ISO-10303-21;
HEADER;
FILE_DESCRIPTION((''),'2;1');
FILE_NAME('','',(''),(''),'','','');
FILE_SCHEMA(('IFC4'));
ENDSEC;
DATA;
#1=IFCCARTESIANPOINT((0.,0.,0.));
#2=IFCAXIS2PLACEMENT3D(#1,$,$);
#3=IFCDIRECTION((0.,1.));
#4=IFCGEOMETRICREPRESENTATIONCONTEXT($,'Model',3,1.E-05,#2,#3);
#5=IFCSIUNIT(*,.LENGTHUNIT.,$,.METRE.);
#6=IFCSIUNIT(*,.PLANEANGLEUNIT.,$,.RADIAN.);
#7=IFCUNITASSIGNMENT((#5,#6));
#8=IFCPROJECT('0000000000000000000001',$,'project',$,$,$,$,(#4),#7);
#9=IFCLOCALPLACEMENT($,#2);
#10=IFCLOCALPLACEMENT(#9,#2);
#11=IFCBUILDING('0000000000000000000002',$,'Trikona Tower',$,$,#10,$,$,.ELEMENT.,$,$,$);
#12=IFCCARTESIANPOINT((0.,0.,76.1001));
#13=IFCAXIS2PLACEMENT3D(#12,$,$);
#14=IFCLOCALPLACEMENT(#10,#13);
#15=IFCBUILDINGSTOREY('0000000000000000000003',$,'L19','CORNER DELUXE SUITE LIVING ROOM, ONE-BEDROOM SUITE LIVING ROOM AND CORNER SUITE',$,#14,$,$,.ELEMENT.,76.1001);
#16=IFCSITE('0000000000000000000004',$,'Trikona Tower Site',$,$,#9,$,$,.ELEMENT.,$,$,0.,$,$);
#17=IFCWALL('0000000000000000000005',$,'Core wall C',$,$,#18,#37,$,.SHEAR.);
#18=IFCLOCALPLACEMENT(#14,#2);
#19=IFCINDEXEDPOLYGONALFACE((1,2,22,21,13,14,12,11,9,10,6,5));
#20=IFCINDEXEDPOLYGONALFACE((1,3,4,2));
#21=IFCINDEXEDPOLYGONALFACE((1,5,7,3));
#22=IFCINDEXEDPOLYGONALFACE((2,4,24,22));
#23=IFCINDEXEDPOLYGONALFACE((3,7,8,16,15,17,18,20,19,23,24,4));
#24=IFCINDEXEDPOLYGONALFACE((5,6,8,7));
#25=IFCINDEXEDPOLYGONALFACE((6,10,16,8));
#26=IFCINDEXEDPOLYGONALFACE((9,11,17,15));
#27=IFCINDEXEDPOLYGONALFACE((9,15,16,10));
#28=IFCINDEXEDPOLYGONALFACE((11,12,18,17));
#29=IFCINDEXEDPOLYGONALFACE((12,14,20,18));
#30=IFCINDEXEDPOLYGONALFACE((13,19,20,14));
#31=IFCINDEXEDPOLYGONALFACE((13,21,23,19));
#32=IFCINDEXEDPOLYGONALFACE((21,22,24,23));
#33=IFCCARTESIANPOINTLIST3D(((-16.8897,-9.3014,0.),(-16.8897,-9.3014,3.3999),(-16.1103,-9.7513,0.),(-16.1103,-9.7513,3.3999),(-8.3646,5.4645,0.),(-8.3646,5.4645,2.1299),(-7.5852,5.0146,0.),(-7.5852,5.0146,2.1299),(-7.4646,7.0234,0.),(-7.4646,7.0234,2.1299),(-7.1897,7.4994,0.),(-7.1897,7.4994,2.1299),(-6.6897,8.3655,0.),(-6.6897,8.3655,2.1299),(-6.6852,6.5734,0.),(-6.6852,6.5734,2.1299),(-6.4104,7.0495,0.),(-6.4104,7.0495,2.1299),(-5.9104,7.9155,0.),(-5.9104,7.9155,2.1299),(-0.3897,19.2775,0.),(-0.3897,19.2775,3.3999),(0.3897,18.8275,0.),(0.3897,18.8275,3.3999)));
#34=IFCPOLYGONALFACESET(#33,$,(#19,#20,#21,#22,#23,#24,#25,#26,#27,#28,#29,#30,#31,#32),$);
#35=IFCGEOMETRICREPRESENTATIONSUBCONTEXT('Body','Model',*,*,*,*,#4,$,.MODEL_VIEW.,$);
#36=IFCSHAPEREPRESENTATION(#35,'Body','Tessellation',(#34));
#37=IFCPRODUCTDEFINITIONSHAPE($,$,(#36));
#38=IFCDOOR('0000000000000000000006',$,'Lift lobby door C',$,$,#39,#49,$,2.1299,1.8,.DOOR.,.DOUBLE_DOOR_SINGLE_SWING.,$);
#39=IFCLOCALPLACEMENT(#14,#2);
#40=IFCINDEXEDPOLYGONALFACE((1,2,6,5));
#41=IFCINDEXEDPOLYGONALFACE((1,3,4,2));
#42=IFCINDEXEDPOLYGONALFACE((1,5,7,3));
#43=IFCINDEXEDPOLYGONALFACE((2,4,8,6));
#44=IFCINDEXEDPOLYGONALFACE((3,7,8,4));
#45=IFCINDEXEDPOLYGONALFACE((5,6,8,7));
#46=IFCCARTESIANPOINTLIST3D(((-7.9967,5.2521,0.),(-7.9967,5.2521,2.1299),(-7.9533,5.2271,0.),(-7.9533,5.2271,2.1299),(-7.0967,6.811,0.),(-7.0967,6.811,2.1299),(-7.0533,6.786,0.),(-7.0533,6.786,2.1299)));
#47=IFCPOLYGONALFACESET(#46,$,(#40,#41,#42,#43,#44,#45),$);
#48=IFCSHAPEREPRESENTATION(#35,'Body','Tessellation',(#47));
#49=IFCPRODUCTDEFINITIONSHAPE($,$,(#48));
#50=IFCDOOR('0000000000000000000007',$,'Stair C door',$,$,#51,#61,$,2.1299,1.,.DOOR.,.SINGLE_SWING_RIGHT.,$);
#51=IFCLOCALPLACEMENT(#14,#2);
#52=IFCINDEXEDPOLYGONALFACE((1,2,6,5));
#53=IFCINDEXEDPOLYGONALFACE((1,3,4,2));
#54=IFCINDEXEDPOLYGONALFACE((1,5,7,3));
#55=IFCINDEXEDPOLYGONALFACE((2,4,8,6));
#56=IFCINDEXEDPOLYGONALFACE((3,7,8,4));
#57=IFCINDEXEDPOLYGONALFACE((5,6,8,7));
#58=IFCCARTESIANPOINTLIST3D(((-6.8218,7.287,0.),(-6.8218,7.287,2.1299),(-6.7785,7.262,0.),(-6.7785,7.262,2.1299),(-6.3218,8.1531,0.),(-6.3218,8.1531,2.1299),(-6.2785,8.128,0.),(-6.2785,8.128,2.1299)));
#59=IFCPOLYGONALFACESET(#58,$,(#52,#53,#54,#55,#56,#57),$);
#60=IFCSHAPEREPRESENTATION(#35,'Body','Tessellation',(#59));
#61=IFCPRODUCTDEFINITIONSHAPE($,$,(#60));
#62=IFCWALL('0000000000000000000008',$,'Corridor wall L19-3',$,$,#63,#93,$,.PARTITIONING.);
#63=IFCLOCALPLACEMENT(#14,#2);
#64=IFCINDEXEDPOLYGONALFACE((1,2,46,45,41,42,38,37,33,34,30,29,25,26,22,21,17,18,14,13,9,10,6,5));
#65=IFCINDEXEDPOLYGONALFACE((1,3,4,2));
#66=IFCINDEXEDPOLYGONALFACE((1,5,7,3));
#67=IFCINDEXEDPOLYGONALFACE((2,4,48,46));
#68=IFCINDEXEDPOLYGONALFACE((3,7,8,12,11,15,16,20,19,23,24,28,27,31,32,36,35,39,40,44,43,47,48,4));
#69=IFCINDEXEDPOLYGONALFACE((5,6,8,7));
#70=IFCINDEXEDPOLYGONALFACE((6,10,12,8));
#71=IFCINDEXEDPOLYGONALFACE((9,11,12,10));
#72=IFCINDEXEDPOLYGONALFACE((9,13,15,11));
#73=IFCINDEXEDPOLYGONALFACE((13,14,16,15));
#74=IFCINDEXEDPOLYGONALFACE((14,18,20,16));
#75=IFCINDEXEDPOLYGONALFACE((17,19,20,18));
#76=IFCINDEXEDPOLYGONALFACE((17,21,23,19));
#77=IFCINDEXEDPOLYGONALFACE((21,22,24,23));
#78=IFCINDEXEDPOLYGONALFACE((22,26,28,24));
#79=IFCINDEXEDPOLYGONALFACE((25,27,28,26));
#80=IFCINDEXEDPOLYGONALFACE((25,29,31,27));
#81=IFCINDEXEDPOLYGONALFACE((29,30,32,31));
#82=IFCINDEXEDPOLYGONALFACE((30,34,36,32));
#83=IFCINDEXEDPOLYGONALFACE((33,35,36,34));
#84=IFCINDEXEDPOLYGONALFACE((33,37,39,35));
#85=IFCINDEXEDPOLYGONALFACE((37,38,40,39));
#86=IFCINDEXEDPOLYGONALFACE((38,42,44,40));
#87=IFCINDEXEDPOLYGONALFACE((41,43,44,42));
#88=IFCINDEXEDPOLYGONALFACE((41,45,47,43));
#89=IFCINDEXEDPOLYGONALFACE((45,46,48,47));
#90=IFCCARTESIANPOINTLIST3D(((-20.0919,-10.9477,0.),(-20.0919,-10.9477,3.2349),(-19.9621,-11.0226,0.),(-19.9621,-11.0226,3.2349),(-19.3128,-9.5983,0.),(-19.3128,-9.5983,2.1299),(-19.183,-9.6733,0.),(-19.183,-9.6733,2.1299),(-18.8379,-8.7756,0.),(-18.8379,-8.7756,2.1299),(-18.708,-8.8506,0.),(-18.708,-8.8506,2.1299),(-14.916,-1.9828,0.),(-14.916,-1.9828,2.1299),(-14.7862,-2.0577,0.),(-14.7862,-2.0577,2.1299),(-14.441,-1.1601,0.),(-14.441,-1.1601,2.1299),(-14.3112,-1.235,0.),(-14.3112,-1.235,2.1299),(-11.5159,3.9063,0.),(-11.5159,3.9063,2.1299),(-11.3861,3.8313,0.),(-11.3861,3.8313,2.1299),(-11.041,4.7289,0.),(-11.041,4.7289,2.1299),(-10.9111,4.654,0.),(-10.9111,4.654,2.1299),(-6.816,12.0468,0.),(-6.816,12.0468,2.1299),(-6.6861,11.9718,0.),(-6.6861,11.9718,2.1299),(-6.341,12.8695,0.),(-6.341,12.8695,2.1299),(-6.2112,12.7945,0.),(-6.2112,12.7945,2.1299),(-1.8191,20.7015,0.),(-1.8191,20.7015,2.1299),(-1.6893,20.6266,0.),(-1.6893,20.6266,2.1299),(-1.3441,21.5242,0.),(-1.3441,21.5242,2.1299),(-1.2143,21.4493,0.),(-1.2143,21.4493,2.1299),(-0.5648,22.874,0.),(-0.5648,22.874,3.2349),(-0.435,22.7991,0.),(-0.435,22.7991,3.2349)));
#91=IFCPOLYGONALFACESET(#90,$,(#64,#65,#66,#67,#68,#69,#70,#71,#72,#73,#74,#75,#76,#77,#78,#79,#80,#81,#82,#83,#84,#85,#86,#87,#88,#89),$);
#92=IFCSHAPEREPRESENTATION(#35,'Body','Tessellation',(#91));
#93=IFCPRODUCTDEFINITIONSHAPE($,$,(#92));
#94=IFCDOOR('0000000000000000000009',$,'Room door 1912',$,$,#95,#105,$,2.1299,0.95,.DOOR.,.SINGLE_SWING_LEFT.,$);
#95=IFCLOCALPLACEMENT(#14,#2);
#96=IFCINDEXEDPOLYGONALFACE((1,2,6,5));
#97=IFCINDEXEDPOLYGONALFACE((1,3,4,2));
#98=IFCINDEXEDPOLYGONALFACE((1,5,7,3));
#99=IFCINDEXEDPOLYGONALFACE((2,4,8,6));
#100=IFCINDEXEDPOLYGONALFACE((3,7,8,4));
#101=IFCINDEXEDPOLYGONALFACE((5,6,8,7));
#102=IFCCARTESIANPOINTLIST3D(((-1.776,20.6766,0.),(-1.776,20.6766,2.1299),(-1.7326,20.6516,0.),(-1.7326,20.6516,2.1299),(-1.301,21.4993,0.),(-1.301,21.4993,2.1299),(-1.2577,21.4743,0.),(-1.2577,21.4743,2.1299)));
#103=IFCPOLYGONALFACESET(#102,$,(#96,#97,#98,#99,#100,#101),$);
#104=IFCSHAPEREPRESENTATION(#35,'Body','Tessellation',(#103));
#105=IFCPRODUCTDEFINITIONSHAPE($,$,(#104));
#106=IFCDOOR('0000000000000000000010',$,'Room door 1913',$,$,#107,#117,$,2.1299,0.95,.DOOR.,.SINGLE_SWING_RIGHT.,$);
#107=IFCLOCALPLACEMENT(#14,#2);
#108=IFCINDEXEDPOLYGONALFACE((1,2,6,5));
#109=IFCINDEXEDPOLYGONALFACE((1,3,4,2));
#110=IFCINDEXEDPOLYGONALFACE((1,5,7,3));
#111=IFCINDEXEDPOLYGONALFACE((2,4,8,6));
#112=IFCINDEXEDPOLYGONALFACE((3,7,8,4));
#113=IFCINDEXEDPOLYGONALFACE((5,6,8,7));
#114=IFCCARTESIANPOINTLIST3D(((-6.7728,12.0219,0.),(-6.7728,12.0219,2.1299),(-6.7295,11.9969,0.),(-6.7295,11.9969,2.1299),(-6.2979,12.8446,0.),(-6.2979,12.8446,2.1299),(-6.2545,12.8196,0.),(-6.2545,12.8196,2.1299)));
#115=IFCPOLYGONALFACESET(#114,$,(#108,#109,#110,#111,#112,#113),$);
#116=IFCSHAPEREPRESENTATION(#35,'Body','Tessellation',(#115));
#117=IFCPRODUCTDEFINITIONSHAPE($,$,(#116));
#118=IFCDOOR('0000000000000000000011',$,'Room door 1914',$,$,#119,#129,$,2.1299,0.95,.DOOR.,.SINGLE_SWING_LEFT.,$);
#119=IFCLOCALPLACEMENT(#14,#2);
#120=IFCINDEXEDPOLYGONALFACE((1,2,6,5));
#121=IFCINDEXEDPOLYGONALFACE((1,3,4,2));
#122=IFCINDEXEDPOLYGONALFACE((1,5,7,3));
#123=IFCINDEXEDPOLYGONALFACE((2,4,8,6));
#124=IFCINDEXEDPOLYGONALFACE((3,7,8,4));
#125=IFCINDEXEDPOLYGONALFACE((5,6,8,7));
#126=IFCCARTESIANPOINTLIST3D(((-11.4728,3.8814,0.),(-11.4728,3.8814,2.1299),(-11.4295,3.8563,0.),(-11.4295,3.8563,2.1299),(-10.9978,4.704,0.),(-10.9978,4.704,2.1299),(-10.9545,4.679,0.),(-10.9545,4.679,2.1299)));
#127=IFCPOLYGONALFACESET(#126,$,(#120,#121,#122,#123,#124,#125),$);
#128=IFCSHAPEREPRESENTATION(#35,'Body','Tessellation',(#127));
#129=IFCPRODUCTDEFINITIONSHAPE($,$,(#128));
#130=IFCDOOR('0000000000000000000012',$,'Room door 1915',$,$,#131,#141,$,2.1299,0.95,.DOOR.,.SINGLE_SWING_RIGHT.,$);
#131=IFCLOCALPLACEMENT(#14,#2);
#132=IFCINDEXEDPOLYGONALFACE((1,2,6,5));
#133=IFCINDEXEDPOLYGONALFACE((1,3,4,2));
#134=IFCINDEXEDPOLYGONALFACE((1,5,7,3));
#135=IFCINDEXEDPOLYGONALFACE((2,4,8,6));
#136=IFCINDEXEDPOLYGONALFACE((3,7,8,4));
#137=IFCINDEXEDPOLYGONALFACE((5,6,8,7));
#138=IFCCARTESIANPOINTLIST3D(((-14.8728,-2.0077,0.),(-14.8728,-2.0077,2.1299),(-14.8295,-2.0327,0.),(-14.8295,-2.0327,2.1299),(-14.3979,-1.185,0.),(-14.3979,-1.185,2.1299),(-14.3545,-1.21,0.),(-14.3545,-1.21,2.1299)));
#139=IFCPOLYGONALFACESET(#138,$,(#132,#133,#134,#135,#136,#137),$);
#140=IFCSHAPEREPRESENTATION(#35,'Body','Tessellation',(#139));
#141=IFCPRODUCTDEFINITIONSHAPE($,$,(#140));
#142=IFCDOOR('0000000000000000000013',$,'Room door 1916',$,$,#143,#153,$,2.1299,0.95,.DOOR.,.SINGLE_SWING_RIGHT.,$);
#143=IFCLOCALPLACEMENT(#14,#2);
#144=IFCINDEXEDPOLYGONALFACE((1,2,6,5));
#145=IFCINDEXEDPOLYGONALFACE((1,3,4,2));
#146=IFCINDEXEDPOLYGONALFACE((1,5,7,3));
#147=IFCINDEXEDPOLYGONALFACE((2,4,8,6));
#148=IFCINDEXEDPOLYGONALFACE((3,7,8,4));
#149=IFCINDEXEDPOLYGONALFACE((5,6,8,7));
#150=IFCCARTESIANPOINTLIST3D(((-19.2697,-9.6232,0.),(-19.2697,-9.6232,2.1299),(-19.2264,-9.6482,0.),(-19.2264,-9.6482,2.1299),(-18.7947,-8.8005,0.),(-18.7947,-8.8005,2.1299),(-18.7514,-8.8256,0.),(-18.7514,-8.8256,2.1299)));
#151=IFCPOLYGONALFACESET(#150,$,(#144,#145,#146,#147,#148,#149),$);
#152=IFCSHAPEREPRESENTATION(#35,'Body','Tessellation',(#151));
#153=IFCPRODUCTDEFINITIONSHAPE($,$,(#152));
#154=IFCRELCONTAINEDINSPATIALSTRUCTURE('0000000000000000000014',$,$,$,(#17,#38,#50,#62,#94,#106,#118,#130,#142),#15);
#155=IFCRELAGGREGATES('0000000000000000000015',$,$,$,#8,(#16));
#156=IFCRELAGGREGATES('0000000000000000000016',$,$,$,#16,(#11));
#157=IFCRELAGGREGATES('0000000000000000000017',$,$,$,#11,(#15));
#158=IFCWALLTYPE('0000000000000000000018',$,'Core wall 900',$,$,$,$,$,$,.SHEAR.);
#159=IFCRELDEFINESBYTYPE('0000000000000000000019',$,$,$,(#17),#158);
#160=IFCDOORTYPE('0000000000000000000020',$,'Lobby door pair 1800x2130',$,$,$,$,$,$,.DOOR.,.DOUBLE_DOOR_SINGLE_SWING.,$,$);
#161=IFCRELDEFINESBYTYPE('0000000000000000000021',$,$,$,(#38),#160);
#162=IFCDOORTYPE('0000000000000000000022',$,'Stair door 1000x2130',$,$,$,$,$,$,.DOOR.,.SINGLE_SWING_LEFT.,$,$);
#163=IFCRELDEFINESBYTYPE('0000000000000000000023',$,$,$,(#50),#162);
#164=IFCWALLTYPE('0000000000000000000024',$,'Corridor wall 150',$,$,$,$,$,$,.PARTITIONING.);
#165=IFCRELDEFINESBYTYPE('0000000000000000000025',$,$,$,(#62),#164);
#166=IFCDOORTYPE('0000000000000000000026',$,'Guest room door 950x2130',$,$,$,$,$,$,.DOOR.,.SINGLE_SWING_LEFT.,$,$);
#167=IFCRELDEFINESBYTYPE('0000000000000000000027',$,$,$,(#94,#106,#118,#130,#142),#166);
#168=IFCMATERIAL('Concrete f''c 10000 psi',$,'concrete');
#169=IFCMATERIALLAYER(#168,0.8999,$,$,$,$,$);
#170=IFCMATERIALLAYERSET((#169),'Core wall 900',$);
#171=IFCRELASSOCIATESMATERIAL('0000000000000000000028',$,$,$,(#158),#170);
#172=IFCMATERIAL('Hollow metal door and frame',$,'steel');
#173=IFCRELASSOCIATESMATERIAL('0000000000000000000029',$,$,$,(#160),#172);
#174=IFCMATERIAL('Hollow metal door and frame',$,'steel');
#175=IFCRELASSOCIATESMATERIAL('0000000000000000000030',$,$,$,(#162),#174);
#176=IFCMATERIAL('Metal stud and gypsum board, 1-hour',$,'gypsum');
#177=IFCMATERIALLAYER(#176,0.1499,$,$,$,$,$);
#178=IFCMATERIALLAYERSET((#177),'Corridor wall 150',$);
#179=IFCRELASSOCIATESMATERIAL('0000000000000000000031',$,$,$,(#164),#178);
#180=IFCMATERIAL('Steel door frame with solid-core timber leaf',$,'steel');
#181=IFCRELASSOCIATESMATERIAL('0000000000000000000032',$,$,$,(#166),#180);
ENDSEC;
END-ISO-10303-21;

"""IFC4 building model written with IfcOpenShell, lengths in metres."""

from ifc_helpers import new_model, si_unit, direction, frame, frame_2d, origin, place, context, subcontext, project, spatial, rectangle, extrude, material, layer, layer_set, type_object, element, fill, save


model = new_model("IFC4")

# Units and contexts
model_context = context("Model", 3, precision=1e-05, world=origin(), true_north=direction((0.0, 1.0)))
body_context = subcontext(model_context, "Body", "Model", "MODEL_VIEW")
ifc_project = project(units=[si_unit("LENGTHUNIT", "METRE"), si_unit("PLANEANGLEUNIT", "RADIAN")], contexts=[model_context])

# Site, building, storey
site_placement = place(None, origin())
site = spatial("IfcSite", under=ifc_project, at=site_placement, Name="Trikona Tower Site", CompositionType="ELEMENT", RefElevation=0.0)
building_placement = place(site_placement, origin())
building = spatial("IfcBuilding", under=site, at=building_placement, Name="Trikona Tower", CompositionType="ELEMENT")
storey_placement = place(building_placement, frame((0.0, 0.0, 76.1001)))
storey = spatial("IfcBuildingStorey", under=building, at=storey_placement, Name="L19", Description="CORNER DELUXE SUITE LIVING ROOM, ONE-BEDROOM SUITE LIVING ROOM AND CORNER SUITE", CompositionType="ELEMENT", Elevation=76.1001)

# Walls, openings, doors
ifc_material_1 = material(Name="Concrete f'c 10000 psi", Category="concrete")
ifc_layer_1 = layer(ifc_material_1, 0.8999)
ifc_layer_set_1 = layer_set([ifc_layer_1], Name="Core wall 900")
wall_type_1 = type_object("IfcWallType", Name="Core wall 900", PredefinedType="SHEAR", material=ifc_layer_set_1)
wall_1_placement = place(storey_placement, frame((0.0, 19.0525, 0.0), z_axis=(0.0, 0.0, 1.0), x_axis=(-0.5, -0.866026, 0.0)))
wall_1 = element("IfcWall", 1, at=wall_1_placement, inside=storey, type_object=wall_type_1, Name="Core wall C", PredefinedType="SHEAR", context=body_context, shape_type="SweptSolid", body=[
    extrude(rectangle(XDim=33.0, YDim=0.8999, at=frame_2d((16.5, 0.0))), origin(), (0.0, 0.0, 1.0), 3.3999),
])
opening_1_placement = place(wall_1_placement, frame((14.1499, 0.0, 0.0)))
opening_1 = element("IfcOpeningElement", 2, at=opening_1_placement, cuts=wall_1, PredefinedType="OPENING", context=body_context, shape_type="SweptSolid", body=[
    extrude(rectangle(XDim=1.8, YDim=2.1299, at=frame_2d((0.8999, 1.0649))), frame((0.0, 0.46, 0.0), z_axis=(0.0, -1.0, 0.0), x_axis=(1.0, 0.0, 0.0)), (0.0, 0.0, 1.0), 0.9199),
])
opening_2_placement = place(wall_1_placement, frame((12.6001, 0.0, 0.0)))
opening_2 = element("IfcOpeningElement", 3, at=opening_2_placement, cuts=wall_1, PredefinedType="OPENING", context=body_context, shape_type="SweptSolid", body=[
    extrude(rectangle(XDim=1.0, YDim=2.1299, at=frame_2d((0.5, 1.0649))), frame((0.0, 0.46, 0.0), z_axis=(0.0, -1.0, 0.0), x_axis=(1.0, 0.0, 0.0)), (0.0, 0.0, 1.0), 0.9199),
])
ifc_material_2 = material(Name="Hollow metal door and frame", Category="steel")
door_type_1 = type_object("IfcDoorType", Name="Lobby door pair 1800x2130", OperationType="DOUBLE_DOOR_SINGLE_SWING", PredefinedType="DOOR", material=ifc_material_2)
door_1_placement = place(opening_1_placement, origin())
door_1 = element("IfcDoor", 4, at=door_1_placement, inside=storey, type_object=door_type_1, Name="Lift lobby door C", OperationType="DOUBLE_DOOR_SINGLE_SWING", OverallHeight=2.1299, OverallWidth=1.8, PredefinedType="DOOR", context=body_context, shape_type="SweptSolid", body=[
    extrude(rectangle(XDim=1.8, YDim=2.1299, at=frame_2d((0.8999, 1.0649))), frame((0.0, 0.0249, 0.0), z_axis=(0.0, -1.0, 0.0), x_axis=(1.0, 0.0, 0.0)), (0.0, 0.0, 1.0), 0.05),
])
fill(opening_1, door_1)
ifc_material_3 = material(Name="Hollow metal door and frame", Category="steel")
door_type_2 = type_object("IfcDoorType", Name="Stair door 1000x2130", OperationType="SINGLE_SWING_LEFT", PredefinedType="DOOR", material=ifc_material_3)
door_2_placement = place(opening_2_placement, origin())
door_2 = element("IfcDoor", 5, at=door_2_placement, inside=storey, type_object=door_type_2, Name="Stair C door", OperationType="SINGLE_SWING_RIGHT", OverallHeight=2.1299, OverallWidth=1.0, PredefinedType="DOOR", context=body_context, shape_type="SweptSolid", body=[
    extrude(rectangle(XDim=1.0, YDim=2.1299, at=frame_2d((0.5, 1.0649))), frame((0.0, 0.0249, 0.0), z_axis=(0.0, -1.0, 0.0), x_axis=(1.0, 0.0, 0.0)), (0.0, 0.0, 1.0), 0.05),
])
fill(opening_2, door_2)
ifc_material_4 = material(Name="Metal stud and gypsum board, 1-hour", Category="gypsum")
ifc_layer_2 = layer(ifc_material_4, 0.1499)
ifc_layer_set_2 = layer_set([ifc_layer_2], Name="Corridor wall 150")
wall_type_2 = type_object("IfcWallType", Name="Corridor wall 150", PredefinedType="PARTITIONING", material=ifc_layer_set_2)
wall_2_placement = place(storey_placement, frame((-0.5, 22.8364, 0.0), z_axis=(0.0, 0.0, 1.0), x_axis=(-0.500002, -0.866024, 0.0)))
wall_2 = element("IfcWall", 6, at=wall_2_placement, inside=storey, type_object=wall_type_2, Name="Corridor wall L19-3", PredefinedType="PARTITIONING", context=body_context, shape_type="SweptSolid", body=[
    extrude(rectangle(XDim=39.054, YDim=0.1499, at=frame_2d((19.5269, 0.0))), origin(), (0.0, 0.0, 1.0), 3.2349),
])
opening_3_placement = place(wall_2_placement, frame((1.5583, 0.0, 0.0)))
opening_3 = element("IfcOpeningElement", 7, at=opening_3_placement, cuts=wall_2, PredefinedType="OPENING", context=body_context, shape_type="SweptSolid", body=[
    extrude(rectangle(XDim=0.95, YDim=2.1299, at=frame_2d((0.4751, 1.0649))), frame((0.0, 0.085, 0.0), z_axis=(0.0, -1.0, 0.0), x_axis=(1.0, 0.0, 0.0)), (0.0, 0.0, 1.0), 0.1699),
])
opening_4_placement = place(wall_2_placement, frame((11.552, 0.0, 0.0)))
opening_4 = element("IfcOpeningElement", 8, at=opening_4_placement, cuts=wall_2, PredefinedType="OPENING", context=body_context, shape_type="SweptSolid", body=[
    extrude(rectangle(XDim=0.95, YDim=2.1299, at=frame_2d((0.4751, 1.0649))), frame((0.0, 0.085, 0.0), z_axis=(0.0, -1.0, 0.0), x_axis=(1.0, 0.0, 0.0)), (0.0, 0.0, 1.0), 0.1699),
])
opening_5_placement = place(wall_2_placement, frame((20.9519, 0.0, 0.0)))
opening_5 = element("IfcOpeningElement", 9, at=opening_5_placement, cuts=wall_2, PredefinedType="OPENING", context=body_context, shape_type="SweptSolid", body=[
    extrude(rectangle(XDim=0.95, YDim=2.1299, at=frame_2d((0.4751, 1.0649))), frame((0.0, 0.085, 0.0), z_axis=(0.0, -1.0, 0.0), x_axis=(1.0, 0.0, 0.0)), (0.0, 0.0, 1.0), 0.1699),
])
opening_6_placement = place(wall_2_placement, frame((27.752, 0.0, 0.0)))
opening_6 = element("IfcOpeningElement", 10, at=opening_6_placement, cuts=wall_2, PredefinedType="OPENING", context=body_context, shape_type="SweptSolid", body=[
    extrude(rectangle(XDim=0.95, YDim=2.1299, at=frame_2d((0.4751, 1.0649))), frame((0.0, 0.085, 0.0), z_axis=(0.0, -1.0, 0.0), x_axis=(1.0, 0.0, 0.0)), (0.0, 0.0, 1.0), 0.1699),
])
opening_7_placement = place(wall_2_placement, frame((36.5457, 0.0, 0.0)))
opening_7 = element("IfcOpeningElement", 11, at=opening_7_placement, cuts=wall_2, PredefinedType="OPENING", context=body_context, shape_type="SweptSolid", body=[
    extrude(rectangle(XDim=0.95, YDim=2.1299, at=frame_2d((0.4751, 1.0649))), frame((0.0, 0.085, 0.0), z_axis=(0.0, -1.0, 0.0), x_axis=(1.0, 0.0, 0.0)), (0.0, 0.0, 1.0), 0.1699),
])
ifc_material_5 = material(Name="Steel door frame with solid-core timber leaf", Category="steel")
door_type_3 = type_object("IfcDoorType", Name="Guest room door 950x2130", OperationType="SINGLE_SWING_LEFT", PredefinedType="DOOR", material=ifc_material_5)
door_3_placement = place(opening_3_placement, origin())
door_3 = element("IfcDoor", 12, at=door_3_placement, inside=storey, type_object=door_type_3, Name="Room door 1912", OperationType="SINGLE_SWING_LEFT", OverallHeight=2.1299, OverallWidth=0.95, PredefinedType="DOOR", context=body_context, shape_type="SweptSolid", body=[
    extrude(rectangle(XDim=0.95, YDim=2.1299, at=frame_2d((0.4751, 1.0649))), frame((0.0, 0.0249, 0.0), z_axis=(0.0, -1.0, 0.0), x_axis=(1.0, 0.0, 0.0)), (0.0, 0.0, 1.0), 0.05),
])
fill(opening_3, door_3)
door_4_placement = place(opening_4_placement, origin())
door_4 = element("IfcDoor", 13, at=door_4_placement, inside=storey, type_object=door_type_3, Name="Room door 1913", OperationType="SINGLE_SWING_RIGHT", OverallHeight=2.1299, OverallWidth=0.95, PredefinedType="DOOR", context=body_context, shape_type="SweptSolid", body=[
    extrude(rectangle(XDim=0.95, YDim=2.1299, at=frame_2d((0.4751, 1.0649))), frame((0.0, 0.0249, 0.0), z_axis=(0.0, -1.0, 0.0), x_axis=(1.0, 0.0, 0.0)), (0.0, 0.0, 1.0), 0.05),
])
fill(opening_4, door_4)
door_5_placement = place(opening_5_placement, origin())
door_5 = element("IfcDoor", 14, at=door_5_placement, inside=storey, type_object=door_type_3, Name="Room door 1914", OperationType="SINGLE_SWING_LEFT", OverallHeight=2.1299, OverallWidth=0.95, PredefinedType="DOOR", context=body_context, shape_type="SweptSolid", body=[
    extrude(rectangle(XDim=0.95, YDim=2.1299, at=frame_2d((0.4751, 1.0649))), frame((0.0, 0.0249, 0.0), z_axis=(0.0, -1.0, 0.0), x_axis=(1.0, 0.0, 0.0)), (0.0, 0.0, 1.0), 0.05),
])
fill(opening_5, door_5)
door_6_placement = place(opening_6_placement, origin())
door_6 = element("IfcDoor", 15, at=door_6_placement, inside=storey, type_object=door_type_3, Name="Room door 1915", OperationType="SINGLE_SWING_RIGHT", OverallHeight=2.1299, OverallWidth=0.95, PredefinedType="DOOR", context=body_context, shape_type="SweptSolid", body=[
    extrude(rectangle(XDim=0.95, YDim=2.1299, at=frame_2d((0.4751, 1.0649))), frame((0.0, 0.0249, 0.0), z_axis=(0.0, -1.0, 0.0), x_axis=(1.0, 0.0, 0.0)), (0.0, 0.0, 1.0), 0.05),
])
fill(opening_6, door_6)
door_7_placement = place(opening_7_placement, origin())
door_7 = element("IfcDoor", 16, at=door_7_placement, inside=storey, type_object=door_type_3, Name="Room door 1916", OperationType="SINGLE_SWING_RIGHT", OverallHeight=2.1299, OverallWidth=0.95, PredefinedType="DOOR", context=body_context, shape_type="SweptSolid", body=[
    extrude(rectangle(XDim=0.95, YDim=2.1299, at=frame_2d((0.4751, 1.0649))), frame((0.0, 0.0249, 0.0), z_axis=(0.0, -1.0, 0.0), x_axis=(1.0, 0.0, 0.0)), (0.0, 0.0, 1.0), 0.05),
])
fill(opening_7, door_7)

save(model, "model.ifc")
